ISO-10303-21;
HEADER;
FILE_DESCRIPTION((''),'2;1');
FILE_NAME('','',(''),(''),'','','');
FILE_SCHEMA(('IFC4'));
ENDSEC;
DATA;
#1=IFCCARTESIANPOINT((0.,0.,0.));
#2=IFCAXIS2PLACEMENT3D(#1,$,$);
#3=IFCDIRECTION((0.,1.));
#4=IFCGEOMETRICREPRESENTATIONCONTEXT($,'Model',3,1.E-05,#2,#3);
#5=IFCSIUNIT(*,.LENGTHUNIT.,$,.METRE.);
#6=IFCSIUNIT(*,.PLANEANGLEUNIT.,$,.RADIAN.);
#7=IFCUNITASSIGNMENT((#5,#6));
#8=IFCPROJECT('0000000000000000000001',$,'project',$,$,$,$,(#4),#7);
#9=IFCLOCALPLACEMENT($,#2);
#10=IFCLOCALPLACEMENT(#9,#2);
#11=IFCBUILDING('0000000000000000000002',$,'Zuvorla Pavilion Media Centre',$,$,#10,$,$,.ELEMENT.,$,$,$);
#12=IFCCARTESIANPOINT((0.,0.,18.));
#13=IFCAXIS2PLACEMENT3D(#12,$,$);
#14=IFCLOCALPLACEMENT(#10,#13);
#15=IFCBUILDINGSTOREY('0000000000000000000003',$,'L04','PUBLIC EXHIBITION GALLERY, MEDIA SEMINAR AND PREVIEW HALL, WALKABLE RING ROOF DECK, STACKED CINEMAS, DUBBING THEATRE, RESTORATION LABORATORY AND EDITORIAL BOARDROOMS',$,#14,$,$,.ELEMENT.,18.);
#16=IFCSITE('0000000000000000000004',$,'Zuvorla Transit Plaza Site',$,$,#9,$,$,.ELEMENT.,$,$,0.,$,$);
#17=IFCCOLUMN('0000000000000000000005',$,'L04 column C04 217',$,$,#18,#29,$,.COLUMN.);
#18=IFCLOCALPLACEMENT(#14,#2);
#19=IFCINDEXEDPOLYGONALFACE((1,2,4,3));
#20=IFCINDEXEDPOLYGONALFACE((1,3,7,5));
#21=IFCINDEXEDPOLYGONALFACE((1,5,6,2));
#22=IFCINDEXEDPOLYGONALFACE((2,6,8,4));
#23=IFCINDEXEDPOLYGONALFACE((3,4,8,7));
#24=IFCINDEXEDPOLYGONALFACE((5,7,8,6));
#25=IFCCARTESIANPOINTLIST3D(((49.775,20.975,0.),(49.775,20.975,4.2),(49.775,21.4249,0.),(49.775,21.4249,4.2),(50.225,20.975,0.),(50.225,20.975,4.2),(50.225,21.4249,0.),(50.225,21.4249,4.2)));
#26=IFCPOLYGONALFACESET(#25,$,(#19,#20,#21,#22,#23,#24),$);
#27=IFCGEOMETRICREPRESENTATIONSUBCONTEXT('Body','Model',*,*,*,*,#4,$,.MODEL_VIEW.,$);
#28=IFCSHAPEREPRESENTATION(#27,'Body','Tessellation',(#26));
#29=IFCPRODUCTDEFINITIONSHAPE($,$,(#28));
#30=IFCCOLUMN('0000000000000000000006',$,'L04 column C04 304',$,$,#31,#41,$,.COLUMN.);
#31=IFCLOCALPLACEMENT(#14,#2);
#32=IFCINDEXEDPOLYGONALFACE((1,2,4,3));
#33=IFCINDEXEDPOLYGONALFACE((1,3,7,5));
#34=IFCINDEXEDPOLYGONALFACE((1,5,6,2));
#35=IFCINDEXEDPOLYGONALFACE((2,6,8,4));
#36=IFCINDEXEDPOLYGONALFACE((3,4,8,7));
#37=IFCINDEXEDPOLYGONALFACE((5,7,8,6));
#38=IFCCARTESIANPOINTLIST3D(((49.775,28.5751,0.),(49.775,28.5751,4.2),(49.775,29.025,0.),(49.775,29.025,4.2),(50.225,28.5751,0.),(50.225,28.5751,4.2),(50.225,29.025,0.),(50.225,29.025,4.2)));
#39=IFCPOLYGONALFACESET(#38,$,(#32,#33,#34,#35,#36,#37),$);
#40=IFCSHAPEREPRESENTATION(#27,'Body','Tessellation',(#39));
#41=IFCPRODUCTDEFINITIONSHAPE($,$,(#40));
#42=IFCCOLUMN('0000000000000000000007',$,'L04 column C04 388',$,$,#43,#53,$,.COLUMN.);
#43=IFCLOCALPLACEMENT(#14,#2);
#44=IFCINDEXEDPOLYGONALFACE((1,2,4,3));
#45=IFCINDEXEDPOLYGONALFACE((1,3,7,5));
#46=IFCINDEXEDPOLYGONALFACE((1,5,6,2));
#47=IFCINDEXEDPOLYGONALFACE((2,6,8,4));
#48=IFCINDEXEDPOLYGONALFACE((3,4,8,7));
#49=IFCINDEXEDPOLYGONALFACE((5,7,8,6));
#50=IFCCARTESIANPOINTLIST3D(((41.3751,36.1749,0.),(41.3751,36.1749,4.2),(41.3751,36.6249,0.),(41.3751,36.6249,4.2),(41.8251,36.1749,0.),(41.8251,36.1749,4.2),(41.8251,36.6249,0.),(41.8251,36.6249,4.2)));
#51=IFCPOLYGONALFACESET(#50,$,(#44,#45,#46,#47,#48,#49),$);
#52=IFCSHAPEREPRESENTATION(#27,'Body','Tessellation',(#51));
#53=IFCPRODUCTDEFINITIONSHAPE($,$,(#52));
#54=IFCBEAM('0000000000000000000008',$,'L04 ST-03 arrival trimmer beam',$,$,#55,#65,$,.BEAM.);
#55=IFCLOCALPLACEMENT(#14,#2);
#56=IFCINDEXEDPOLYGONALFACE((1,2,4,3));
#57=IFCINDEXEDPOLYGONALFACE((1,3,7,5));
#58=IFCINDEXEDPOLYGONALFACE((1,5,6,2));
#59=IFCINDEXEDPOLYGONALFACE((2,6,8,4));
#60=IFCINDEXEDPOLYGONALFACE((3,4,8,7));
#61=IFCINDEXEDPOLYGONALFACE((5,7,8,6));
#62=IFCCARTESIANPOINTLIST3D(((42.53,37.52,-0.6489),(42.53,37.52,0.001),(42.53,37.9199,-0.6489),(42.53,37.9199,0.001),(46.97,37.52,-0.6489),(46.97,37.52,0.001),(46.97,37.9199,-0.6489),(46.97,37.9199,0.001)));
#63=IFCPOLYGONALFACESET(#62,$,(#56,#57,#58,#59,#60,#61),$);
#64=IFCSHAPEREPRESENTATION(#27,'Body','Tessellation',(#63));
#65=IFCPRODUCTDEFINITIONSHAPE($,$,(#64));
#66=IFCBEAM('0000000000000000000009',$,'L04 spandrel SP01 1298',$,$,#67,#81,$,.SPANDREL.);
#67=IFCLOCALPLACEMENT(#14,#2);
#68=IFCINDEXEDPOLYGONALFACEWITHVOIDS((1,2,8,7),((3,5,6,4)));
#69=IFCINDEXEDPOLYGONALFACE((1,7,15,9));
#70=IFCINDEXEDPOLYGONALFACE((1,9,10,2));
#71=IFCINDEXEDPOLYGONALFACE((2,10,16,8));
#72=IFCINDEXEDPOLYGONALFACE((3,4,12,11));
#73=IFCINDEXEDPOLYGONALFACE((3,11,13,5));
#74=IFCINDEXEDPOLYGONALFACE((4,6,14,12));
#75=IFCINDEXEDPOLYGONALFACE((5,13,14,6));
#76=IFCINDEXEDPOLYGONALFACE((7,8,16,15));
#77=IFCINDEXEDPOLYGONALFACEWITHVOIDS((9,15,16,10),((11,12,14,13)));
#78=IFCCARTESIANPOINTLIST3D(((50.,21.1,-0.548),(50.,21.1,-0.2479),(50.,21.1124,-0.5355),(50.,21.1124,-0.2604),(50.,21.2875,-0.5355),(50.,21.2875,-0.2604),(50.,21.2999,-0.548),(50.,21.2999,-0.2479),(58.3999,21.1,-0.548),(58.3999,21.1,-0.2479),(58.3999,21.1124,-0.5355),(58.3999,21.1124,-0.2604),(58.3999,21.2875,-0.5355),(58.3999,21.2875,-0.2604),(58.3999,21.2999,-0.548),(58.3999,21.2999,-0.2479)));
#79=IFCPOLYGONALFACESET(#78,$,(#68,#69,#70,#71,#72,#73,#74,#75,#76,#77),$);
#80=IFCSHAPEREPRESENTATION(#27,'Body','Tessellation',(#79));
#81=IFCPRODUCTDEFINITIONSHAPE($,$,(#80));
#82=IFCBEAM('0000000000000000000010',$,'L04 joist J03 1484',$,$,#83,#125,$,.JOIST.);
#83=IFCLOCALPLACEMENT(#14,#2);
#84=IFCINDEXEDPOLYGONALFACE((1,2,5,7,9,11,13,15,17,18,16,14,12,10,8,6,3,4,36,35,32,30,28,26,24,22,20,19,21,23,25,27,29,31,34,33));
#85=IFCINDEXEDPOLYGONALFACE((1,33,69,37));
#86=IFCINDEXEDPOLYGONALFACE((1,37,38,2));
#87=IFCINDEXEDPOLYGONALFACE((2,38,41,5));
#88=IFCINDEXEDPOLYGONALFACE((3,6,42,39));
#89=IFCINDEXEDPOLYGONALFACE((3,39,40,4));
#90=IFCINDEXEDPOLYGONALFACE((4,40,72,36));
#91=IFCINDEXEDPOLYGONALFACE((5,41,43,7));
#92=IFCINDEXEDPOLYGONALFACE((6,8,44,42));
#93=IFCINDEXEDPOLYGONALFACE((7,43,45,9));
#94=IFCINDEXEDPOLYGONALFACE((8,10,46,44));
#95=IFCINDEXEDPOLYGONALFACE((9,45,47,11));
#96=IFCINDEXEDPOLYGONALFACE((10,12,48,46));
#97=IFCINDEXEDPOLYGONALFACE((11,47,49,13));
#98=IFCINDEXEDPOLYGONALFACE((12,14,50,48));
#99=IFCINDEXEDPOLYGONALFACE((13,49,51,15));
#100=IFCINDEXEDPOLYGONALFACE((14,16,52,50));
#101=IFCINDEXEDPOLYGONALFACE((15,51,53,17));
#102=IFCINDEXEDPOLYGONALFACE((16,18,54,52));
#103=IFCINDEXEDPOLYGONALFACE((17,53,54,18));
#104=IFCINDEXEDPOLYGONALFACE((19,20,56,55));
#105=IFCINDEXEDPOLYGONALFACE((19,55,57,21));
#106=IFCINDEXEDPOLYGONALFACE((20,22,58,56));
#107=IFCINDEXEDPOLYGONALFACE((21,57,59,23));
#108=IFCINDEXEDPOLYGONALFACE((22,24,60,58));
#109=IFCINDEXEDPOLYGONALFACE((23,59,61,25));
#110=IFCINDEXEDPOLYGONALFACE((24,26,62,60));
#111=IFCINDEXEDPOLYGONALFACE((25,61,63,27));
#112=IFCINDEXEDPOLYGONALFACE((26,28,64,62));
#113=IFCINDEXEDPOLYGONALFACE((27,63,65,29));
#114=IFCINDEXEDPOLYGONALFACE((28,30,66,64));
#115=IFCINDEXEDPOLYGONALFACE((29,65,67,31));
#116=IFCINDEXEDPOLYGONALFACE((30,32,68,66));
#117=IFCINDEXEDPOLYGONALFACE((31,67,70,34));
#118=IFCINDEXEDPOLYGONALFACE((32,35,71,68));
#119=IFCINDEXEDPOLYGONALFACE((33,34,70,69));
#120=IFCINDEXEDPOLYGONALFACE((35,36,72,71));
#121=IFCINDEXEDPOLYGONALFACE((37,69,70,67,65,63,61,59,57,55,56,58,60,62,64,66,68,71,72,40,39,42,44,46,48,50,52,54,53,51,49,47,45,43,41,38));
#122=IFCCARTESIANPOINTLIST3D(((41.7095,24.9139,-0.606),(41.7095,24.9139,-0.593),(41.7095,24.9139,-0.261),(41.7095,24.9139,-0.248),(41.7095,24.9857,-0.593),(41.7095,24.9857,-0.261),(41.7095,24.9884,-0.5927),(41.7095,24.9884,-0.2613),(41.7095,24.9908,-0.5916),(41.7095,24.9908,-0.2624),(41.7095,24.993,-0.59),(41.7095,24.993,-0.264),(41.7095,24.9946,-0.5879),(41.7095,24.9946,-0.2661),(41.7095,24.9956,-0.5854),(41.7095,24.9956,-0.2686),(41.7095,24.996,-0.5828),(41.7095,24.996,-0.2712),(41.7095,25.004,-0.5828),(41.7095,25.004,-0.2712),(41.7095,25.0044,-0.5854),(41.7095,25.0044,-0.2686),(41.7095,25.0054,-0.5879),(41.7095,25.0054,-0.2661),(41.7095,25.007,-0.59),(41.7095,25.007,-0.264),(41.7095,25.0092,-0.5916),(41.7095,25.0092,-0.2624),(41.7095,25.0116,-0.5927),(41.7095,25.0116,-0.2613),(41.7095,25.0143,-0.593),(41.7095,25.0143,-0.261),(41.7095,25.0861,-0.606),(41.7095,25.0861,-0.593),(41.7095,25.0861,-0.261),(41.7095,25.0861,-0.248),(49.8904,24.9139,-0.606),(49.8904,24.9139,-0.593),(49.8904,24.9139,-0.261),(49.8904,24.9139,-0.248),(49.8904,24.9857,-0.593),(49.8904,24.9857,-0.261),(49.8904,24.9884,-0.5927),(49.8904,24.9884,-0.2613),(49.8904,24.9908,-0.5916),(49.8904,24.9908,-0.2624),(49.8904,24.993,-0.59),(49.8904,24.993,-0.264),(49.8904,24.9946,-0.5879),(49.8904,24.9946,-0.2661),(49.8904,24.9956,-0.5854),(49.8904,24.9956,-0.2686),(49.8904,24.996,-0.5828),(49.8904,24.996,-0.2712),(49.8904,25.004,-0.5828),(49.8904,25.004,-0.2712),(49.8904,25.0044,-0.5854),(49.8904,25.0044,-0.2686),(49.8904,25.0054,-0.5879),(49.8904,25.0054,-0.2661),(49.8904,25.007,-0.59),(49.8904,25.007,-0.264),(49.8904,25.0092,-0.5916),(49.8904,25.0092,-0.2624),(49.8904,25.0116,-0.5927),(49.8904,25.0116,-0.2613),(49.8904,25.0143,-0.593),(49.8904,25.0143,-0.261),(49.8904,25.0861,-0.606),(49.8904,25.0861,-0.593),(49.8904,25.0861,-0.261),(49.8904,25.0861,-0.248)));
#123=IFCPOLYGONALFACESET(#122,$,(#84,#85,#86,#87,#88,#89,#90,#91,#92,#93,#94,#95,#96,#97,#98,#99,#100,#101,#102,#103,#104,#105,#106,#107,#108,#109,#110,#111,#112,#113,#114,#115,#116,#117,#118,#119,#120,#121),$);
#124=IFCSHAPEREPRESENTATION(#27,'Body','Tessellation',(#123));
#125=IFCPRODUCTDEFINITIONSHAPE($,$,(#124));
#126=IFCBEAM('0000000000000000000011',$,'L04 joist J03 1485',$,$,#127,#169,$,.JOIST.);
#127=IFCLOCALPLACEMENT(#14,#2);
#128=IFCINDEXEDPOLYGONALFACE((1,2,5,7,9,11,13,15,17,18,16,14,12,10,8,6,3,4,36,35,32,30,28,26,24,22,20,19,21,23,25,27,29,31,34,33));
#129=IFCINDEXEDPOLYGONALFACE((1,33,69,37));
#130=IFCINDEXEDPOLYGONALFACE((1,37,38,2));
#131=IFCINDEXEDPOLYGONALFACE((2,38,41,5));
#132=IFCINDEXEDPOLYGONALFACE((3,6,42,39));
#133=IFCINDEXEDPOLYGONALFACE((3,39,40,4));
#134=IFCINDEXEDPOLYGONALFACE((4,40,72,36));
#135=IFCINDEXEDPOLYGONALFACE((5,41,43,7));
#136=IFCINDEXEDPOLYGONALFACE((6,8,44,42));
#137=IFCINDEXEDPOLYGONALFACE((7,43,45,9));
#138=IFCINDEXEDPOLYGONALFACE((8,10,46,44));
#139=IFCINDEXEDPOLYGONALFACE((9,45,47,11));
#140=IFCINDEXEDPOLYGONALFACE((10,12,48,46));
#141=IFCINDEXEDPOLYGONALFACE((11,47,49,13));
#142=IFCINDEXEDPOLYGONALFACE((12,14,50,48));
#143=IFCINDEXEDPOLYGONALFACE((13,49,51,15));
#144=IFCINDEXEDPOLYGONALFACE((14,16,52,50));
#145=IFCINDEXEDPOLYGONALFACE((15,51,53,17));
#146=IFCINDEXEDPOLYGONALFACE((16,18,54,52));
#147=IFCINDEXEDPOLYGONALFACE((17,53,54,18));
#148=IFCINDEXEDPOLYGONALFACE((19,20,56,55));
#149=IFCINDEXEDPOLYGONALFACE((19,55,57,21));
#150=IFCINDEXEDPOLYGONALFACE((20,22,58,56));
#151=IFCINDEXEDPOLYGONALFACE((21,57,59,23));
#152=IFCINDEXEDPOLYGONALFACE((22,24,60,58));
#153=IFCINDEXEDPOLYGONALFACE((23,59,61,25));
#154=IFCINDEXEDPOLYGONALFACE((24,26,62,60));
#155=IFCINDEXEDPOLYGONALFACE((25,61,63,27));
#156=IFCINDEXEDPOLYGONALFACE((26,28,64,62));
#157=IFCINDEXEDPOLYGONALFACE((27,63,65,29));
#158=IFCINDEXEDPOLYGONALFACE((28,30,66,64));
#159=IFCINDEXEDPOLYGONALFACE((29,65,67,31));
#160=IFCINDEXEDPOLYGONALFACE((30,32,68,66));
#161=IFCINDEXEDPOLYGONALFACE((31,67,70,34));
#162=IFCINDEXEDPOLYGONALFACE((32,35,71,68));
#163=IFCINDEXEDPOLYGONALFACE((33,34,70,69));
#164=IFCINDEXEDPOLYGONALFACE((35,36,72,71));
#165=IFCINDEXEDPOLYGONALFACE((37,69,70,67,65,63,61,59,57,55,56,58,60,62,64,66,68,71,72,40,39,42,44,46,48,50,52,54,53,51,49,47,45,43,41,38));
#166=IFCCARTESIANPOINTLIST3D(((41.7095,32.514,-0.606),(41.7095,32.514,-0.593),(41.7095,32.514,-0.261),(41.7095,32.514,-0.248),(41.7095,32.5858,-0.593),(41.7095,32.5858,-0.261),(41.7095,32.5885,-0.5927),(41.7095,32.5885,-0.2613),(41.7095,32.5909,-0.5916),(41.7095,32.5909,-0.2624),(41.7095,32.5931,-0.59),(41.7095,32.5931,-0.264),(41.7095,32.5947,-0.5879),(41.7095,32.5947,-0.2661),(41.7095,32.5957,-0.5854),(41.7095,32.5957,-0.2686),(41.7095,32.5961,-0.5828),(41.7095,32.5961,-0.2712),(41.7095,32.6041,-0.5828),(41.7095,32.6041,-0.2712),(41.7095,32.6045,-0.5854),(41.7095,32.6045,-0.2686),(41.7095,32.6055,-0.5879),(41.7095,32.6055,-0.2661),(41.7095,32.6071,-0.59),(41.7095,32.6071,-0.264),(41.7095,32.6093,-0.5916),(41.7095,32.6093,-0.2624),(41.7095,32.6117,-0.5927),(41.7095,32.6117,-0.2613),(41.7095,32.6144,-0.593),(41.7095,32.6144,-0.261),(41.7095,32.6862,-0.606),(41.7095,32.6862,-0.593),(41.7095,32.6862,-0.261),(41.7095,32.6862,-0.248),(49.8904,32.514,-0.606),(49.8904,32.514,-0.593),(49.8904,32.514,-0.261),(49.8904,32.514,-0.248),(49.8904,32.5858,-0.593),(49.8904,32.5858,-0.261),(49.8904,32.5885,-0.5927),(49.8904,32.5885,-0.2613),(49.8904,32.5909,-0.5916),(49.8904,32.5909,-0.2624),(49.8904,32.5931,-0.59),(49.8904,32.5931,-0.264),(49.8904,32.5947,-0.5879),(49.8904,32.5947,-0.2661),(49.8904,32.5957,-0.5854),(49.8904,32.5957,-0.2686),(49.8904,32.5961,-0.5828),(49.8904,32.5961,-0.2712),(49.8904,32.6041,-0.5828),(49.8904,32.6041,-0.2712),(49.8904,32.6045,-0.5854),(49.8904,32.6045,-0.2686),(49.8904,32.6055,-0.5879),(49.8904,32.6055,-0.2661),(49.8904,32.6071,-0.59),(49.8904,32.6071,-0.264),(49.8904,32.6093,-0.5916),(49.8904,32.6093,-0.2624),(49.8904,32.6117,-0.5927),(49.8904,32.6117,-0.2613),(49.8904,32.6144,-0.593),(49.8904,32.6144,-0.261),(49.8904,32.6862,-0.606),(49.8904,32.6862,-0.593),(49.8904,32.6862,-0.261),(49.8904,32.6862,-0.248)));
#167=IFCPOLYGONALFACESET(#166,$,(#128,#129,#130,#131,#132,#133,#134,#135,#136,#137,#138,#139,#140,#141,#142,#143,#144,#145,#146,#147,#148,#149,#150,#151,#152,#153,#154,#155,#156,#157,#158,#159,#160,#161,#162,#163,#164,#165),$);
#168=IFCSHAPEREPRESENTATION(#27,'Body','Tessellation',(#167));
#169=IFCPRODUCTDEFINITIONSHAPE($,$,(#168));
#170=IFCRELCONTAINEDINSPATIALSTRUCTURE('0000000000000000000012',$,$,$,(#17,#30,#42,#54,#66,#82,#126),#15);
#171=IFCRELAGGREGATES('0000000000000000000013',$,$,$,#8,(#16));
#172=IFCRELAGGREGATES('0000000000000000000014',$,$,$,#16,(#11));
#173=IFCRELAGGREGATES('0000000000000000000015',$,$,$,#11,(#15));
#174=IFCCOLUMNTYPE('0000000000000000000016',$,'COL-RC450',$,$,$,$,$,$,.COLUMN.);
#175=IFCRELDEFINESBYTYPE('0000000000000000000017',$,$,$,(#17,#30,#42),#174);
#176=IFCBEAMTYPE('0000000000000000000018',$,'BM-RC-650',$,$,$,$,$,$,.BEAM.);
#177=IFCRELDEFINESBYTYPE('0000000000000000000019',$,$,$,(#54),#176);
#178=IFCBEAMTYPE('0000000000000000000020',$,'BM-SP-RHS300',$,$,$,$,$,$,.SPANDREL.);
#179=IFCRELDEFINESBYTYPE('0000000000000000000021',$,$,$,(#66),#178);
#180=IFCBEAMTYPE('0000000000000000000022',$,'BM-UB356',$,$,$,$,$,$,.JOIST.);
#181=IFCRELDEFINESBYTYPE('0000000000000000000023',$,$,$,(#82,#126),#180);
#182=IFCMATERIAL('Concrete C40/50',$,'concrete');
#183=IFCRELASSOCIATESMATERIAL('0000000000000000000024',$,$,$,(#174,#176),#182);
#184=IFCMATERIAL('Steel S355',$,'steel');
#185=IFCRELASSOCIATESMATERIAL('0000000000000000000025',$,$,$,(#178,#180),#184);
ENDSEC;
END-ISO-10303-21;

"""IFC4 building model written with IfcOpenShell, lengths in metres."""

from ifc_helpers import new_model, si_unit, direction, frame, origin, origin_2d, place, context, subcontext, project, spatial, rectangle, hollow_rectangle, i_section, extrude, material, material_profile, profile_set, type_object, element, save


model = new_model("IFC4")

# Units and contexts
model_context = context("Model", 3, precision=1e-05, world=origin(), true_north=direction((0.0, 1.0)))
body_context = subcontext(model_context, "Body", "Model", "MODEL_VIEW")
ifc_project = project(units=[si_unit("LENGTHUNIT", "METRE"), si_unit("PLANEANGLEUNIT", "RADIAN")], contexts=[model_context])

# Site, building, storey
site_placement = place(None, origin())
site = spatial("IfcSite", under=ifc_project, at=site_placement, Name="Zuvorla Transit Plaza Site", CompositionType="ELEMENT", RefElevation=0.0)
building_placement = place(site_placement, origin())
building = spatial("IfcBuilding", under=site, at=building_placement, Name="Zuvorla Pavilion Media Centre", CompositionType="ELEMENT")
storey_placement = place(building_placement, frame((0.0, 0.0, 18.0)))
storey = spatial("IfcBuildingStorey", under=building, at=storey_placement, Name="L04", Description="PUBLIC EXHIBITION GALLERY, MEDIA SEMINAR AND PREVIEW HALL, WALKABLE RING ROOF DECK, STACKED CINEMAS, DUBBING THEATRE, RESTORATION LABORATORY AND EDITORIAL BOARDROOMS", CompositionType="ELEMENT", Elevation=18.0)

# Columns
ifc_material_1 = material(Name="Concrete C40/50", Category="concrete")
ifc_material_profile_1 = material_profile(ifc_material_1, rectangle(XDim=0.45, YDim=0.45, at=origin_2d()), Name="RC 450x450")
ifc_profile_set_1 = profile_set([ifc_material_profile_1], Name="Concrete C40/50")
column_type = type_object("IfcColumnType", Name="COL-RC450", PredefinedType="COLUMN", material=ifc_profile_set_1)
for number, where, z_axis, x_axis, name in (
    (1, (50.0, 21.2, 0.0), (0.0, 0.0, 1.0), (1.0, 0.0, 0.0), "L04 column C04 217"),
    (2, (50.0, 28.8, 0.0), (0.0, 0.0, 1.0), (1.0, 0.0, 0.0), "L04 column C04 304"),
    (3, (41.6001, 36.3999, 0.0), (0.0, 0.0, 1.0), (1.0, 0.0, 0.0), "L04 column C04 388"),
):
    element("IfcColumn", number, at=place(storey_placement, frame(where, z_axis=z_axis, x_axis=x_axis)), inside=storey, type_object=column_type, Name=name, PredefinedType="COLUMN", context=body_context, shape_type="SweptSolid", body=[
        extrude(rectangle(XDim=0.45, YDim=0.45, at=origin_2d()), origin(), (0.0, 0.0, 1.0), 4.2),
    ])

# Beams
ifc_material_profile_2 = material_profile(ifc_material_1, rectangle(XDim=0.3999, YDim=0.6499, at=origin_2d()), Name="RC 400x650")
ifc_profile_set_2 = profile_set([ifc_material_profile_2], Name="Concrete C40/50")
beam_type_1 = type_object("IfcBeamType", Name="BM-RC-650", PredefinedType="BEAM", material=ifc_profile_set_2)
beam_1_placement = place(storey_placement, frame((42.53, 37.72, -0.324), z_axis=(1.0, 0.0, 0.0), x_axis=(0.0, 1.0, 0.0)))
element("IfcBeam", 4, at=beam_1_placement, inside=storey, type_object=beam_type_1, Name="L04 ST-03 arrival trimmer beam", PredefinedType="BEAM", context=body_context, shape_type="SweptSolid", body=[
    extrude(rectangle(XDim=0.3999, YDim=0.6499, at=origin_2d()), origin(), (0.0, 0.0, 1.0), 4.4399),
])
ifc_material_2 = material(Name="Steel S355", Category="steel")
ifc_material_profile_3 = material_profile(ifc_material_2, hollow_rectangle(XDim=0.2, YDim=0.3, WallThickness=0.0125, at=origin_2d()), Name="RHS 300x200x12.5")
ifc_profile_set_3 = profile_set([ifc_material_profile_3], Name="Steel S355")
beam_type_2 = type_object("IfcBeamType", Name="BM-SP-RHS300", PredefinedType="SPANDREL", material=ifc_profile_set_3)
beam_2_placement = place(storey_placement, frame((50.0, 21.2, -0.3979), z_axis=(1.0, 0.0, 0.0), x_axis=(0.0, 1.0, 0.0)))
element("IfcBeam", 5, at=beam_2_placement, inside=storey, type_object=beam_type_2, Name="L04 spandrel SP01 1298", PredefinedType="SPANDREL", context=body_context, shape_type="SweptSolid", body=[
    extrude(hollow_rectangle(XDim=0.2, YDim=0.3, WallThickness=0.0125, at=origin_2d()), origin(), (0.0, 0.0, 1.0), 8.3999),
])
ifc_material_profile_4 = material_profile(ifc_material_2, i_section(OverallWidth=0.1721, OverallDepth=0.3579, WebThickness=0.0081, FlangeThickness=0.0129, FilletRadius=0.0103, at=origin_2d()), Name="UB 356x171x57")
ifc_profile_set_4 = profile_set([ifc_material_profile_4], Name="Steel S355")
beam_type_3 = type_object("IfcBeamType", Name="BM-UB356", PredefinedType="JOIST", material=ifc_profile_set_4)
for number, where, z_axis, x_axis, name in (
    (6, (41.7095, 25.0, -0.427), (1.0, 0.0, 0.0), (0.0, 1.0, 0.0), "L04 joist J03 1484"),
    (7, (41.7095, 32.6001, -0.427), (1.0, 0.0, 0.0), (0.0, 1.0, 0.0), "L04 joist J03 1485"),
):
    element("IfcBeam", number, at=place(storey_placement, frame(where, z_axis=z_axis, x_axis=x_axis)), inside=storey, type_object=beam_type_3, Name=name, PredefinedType="JOIST", context=body_context, shape_type="SweptSolid", body=[
        extrude(i_section(OverallWidth=0.1721, OverallDepth=0.3579, WebThickness=0.0081, FlangeThickness=0.0129, FilletRadius=0.0103, at=origin_2d()), origin(), (0.0, 0.0, 1.0), 8.1809),
    ])

save(model, "model.ifc")
